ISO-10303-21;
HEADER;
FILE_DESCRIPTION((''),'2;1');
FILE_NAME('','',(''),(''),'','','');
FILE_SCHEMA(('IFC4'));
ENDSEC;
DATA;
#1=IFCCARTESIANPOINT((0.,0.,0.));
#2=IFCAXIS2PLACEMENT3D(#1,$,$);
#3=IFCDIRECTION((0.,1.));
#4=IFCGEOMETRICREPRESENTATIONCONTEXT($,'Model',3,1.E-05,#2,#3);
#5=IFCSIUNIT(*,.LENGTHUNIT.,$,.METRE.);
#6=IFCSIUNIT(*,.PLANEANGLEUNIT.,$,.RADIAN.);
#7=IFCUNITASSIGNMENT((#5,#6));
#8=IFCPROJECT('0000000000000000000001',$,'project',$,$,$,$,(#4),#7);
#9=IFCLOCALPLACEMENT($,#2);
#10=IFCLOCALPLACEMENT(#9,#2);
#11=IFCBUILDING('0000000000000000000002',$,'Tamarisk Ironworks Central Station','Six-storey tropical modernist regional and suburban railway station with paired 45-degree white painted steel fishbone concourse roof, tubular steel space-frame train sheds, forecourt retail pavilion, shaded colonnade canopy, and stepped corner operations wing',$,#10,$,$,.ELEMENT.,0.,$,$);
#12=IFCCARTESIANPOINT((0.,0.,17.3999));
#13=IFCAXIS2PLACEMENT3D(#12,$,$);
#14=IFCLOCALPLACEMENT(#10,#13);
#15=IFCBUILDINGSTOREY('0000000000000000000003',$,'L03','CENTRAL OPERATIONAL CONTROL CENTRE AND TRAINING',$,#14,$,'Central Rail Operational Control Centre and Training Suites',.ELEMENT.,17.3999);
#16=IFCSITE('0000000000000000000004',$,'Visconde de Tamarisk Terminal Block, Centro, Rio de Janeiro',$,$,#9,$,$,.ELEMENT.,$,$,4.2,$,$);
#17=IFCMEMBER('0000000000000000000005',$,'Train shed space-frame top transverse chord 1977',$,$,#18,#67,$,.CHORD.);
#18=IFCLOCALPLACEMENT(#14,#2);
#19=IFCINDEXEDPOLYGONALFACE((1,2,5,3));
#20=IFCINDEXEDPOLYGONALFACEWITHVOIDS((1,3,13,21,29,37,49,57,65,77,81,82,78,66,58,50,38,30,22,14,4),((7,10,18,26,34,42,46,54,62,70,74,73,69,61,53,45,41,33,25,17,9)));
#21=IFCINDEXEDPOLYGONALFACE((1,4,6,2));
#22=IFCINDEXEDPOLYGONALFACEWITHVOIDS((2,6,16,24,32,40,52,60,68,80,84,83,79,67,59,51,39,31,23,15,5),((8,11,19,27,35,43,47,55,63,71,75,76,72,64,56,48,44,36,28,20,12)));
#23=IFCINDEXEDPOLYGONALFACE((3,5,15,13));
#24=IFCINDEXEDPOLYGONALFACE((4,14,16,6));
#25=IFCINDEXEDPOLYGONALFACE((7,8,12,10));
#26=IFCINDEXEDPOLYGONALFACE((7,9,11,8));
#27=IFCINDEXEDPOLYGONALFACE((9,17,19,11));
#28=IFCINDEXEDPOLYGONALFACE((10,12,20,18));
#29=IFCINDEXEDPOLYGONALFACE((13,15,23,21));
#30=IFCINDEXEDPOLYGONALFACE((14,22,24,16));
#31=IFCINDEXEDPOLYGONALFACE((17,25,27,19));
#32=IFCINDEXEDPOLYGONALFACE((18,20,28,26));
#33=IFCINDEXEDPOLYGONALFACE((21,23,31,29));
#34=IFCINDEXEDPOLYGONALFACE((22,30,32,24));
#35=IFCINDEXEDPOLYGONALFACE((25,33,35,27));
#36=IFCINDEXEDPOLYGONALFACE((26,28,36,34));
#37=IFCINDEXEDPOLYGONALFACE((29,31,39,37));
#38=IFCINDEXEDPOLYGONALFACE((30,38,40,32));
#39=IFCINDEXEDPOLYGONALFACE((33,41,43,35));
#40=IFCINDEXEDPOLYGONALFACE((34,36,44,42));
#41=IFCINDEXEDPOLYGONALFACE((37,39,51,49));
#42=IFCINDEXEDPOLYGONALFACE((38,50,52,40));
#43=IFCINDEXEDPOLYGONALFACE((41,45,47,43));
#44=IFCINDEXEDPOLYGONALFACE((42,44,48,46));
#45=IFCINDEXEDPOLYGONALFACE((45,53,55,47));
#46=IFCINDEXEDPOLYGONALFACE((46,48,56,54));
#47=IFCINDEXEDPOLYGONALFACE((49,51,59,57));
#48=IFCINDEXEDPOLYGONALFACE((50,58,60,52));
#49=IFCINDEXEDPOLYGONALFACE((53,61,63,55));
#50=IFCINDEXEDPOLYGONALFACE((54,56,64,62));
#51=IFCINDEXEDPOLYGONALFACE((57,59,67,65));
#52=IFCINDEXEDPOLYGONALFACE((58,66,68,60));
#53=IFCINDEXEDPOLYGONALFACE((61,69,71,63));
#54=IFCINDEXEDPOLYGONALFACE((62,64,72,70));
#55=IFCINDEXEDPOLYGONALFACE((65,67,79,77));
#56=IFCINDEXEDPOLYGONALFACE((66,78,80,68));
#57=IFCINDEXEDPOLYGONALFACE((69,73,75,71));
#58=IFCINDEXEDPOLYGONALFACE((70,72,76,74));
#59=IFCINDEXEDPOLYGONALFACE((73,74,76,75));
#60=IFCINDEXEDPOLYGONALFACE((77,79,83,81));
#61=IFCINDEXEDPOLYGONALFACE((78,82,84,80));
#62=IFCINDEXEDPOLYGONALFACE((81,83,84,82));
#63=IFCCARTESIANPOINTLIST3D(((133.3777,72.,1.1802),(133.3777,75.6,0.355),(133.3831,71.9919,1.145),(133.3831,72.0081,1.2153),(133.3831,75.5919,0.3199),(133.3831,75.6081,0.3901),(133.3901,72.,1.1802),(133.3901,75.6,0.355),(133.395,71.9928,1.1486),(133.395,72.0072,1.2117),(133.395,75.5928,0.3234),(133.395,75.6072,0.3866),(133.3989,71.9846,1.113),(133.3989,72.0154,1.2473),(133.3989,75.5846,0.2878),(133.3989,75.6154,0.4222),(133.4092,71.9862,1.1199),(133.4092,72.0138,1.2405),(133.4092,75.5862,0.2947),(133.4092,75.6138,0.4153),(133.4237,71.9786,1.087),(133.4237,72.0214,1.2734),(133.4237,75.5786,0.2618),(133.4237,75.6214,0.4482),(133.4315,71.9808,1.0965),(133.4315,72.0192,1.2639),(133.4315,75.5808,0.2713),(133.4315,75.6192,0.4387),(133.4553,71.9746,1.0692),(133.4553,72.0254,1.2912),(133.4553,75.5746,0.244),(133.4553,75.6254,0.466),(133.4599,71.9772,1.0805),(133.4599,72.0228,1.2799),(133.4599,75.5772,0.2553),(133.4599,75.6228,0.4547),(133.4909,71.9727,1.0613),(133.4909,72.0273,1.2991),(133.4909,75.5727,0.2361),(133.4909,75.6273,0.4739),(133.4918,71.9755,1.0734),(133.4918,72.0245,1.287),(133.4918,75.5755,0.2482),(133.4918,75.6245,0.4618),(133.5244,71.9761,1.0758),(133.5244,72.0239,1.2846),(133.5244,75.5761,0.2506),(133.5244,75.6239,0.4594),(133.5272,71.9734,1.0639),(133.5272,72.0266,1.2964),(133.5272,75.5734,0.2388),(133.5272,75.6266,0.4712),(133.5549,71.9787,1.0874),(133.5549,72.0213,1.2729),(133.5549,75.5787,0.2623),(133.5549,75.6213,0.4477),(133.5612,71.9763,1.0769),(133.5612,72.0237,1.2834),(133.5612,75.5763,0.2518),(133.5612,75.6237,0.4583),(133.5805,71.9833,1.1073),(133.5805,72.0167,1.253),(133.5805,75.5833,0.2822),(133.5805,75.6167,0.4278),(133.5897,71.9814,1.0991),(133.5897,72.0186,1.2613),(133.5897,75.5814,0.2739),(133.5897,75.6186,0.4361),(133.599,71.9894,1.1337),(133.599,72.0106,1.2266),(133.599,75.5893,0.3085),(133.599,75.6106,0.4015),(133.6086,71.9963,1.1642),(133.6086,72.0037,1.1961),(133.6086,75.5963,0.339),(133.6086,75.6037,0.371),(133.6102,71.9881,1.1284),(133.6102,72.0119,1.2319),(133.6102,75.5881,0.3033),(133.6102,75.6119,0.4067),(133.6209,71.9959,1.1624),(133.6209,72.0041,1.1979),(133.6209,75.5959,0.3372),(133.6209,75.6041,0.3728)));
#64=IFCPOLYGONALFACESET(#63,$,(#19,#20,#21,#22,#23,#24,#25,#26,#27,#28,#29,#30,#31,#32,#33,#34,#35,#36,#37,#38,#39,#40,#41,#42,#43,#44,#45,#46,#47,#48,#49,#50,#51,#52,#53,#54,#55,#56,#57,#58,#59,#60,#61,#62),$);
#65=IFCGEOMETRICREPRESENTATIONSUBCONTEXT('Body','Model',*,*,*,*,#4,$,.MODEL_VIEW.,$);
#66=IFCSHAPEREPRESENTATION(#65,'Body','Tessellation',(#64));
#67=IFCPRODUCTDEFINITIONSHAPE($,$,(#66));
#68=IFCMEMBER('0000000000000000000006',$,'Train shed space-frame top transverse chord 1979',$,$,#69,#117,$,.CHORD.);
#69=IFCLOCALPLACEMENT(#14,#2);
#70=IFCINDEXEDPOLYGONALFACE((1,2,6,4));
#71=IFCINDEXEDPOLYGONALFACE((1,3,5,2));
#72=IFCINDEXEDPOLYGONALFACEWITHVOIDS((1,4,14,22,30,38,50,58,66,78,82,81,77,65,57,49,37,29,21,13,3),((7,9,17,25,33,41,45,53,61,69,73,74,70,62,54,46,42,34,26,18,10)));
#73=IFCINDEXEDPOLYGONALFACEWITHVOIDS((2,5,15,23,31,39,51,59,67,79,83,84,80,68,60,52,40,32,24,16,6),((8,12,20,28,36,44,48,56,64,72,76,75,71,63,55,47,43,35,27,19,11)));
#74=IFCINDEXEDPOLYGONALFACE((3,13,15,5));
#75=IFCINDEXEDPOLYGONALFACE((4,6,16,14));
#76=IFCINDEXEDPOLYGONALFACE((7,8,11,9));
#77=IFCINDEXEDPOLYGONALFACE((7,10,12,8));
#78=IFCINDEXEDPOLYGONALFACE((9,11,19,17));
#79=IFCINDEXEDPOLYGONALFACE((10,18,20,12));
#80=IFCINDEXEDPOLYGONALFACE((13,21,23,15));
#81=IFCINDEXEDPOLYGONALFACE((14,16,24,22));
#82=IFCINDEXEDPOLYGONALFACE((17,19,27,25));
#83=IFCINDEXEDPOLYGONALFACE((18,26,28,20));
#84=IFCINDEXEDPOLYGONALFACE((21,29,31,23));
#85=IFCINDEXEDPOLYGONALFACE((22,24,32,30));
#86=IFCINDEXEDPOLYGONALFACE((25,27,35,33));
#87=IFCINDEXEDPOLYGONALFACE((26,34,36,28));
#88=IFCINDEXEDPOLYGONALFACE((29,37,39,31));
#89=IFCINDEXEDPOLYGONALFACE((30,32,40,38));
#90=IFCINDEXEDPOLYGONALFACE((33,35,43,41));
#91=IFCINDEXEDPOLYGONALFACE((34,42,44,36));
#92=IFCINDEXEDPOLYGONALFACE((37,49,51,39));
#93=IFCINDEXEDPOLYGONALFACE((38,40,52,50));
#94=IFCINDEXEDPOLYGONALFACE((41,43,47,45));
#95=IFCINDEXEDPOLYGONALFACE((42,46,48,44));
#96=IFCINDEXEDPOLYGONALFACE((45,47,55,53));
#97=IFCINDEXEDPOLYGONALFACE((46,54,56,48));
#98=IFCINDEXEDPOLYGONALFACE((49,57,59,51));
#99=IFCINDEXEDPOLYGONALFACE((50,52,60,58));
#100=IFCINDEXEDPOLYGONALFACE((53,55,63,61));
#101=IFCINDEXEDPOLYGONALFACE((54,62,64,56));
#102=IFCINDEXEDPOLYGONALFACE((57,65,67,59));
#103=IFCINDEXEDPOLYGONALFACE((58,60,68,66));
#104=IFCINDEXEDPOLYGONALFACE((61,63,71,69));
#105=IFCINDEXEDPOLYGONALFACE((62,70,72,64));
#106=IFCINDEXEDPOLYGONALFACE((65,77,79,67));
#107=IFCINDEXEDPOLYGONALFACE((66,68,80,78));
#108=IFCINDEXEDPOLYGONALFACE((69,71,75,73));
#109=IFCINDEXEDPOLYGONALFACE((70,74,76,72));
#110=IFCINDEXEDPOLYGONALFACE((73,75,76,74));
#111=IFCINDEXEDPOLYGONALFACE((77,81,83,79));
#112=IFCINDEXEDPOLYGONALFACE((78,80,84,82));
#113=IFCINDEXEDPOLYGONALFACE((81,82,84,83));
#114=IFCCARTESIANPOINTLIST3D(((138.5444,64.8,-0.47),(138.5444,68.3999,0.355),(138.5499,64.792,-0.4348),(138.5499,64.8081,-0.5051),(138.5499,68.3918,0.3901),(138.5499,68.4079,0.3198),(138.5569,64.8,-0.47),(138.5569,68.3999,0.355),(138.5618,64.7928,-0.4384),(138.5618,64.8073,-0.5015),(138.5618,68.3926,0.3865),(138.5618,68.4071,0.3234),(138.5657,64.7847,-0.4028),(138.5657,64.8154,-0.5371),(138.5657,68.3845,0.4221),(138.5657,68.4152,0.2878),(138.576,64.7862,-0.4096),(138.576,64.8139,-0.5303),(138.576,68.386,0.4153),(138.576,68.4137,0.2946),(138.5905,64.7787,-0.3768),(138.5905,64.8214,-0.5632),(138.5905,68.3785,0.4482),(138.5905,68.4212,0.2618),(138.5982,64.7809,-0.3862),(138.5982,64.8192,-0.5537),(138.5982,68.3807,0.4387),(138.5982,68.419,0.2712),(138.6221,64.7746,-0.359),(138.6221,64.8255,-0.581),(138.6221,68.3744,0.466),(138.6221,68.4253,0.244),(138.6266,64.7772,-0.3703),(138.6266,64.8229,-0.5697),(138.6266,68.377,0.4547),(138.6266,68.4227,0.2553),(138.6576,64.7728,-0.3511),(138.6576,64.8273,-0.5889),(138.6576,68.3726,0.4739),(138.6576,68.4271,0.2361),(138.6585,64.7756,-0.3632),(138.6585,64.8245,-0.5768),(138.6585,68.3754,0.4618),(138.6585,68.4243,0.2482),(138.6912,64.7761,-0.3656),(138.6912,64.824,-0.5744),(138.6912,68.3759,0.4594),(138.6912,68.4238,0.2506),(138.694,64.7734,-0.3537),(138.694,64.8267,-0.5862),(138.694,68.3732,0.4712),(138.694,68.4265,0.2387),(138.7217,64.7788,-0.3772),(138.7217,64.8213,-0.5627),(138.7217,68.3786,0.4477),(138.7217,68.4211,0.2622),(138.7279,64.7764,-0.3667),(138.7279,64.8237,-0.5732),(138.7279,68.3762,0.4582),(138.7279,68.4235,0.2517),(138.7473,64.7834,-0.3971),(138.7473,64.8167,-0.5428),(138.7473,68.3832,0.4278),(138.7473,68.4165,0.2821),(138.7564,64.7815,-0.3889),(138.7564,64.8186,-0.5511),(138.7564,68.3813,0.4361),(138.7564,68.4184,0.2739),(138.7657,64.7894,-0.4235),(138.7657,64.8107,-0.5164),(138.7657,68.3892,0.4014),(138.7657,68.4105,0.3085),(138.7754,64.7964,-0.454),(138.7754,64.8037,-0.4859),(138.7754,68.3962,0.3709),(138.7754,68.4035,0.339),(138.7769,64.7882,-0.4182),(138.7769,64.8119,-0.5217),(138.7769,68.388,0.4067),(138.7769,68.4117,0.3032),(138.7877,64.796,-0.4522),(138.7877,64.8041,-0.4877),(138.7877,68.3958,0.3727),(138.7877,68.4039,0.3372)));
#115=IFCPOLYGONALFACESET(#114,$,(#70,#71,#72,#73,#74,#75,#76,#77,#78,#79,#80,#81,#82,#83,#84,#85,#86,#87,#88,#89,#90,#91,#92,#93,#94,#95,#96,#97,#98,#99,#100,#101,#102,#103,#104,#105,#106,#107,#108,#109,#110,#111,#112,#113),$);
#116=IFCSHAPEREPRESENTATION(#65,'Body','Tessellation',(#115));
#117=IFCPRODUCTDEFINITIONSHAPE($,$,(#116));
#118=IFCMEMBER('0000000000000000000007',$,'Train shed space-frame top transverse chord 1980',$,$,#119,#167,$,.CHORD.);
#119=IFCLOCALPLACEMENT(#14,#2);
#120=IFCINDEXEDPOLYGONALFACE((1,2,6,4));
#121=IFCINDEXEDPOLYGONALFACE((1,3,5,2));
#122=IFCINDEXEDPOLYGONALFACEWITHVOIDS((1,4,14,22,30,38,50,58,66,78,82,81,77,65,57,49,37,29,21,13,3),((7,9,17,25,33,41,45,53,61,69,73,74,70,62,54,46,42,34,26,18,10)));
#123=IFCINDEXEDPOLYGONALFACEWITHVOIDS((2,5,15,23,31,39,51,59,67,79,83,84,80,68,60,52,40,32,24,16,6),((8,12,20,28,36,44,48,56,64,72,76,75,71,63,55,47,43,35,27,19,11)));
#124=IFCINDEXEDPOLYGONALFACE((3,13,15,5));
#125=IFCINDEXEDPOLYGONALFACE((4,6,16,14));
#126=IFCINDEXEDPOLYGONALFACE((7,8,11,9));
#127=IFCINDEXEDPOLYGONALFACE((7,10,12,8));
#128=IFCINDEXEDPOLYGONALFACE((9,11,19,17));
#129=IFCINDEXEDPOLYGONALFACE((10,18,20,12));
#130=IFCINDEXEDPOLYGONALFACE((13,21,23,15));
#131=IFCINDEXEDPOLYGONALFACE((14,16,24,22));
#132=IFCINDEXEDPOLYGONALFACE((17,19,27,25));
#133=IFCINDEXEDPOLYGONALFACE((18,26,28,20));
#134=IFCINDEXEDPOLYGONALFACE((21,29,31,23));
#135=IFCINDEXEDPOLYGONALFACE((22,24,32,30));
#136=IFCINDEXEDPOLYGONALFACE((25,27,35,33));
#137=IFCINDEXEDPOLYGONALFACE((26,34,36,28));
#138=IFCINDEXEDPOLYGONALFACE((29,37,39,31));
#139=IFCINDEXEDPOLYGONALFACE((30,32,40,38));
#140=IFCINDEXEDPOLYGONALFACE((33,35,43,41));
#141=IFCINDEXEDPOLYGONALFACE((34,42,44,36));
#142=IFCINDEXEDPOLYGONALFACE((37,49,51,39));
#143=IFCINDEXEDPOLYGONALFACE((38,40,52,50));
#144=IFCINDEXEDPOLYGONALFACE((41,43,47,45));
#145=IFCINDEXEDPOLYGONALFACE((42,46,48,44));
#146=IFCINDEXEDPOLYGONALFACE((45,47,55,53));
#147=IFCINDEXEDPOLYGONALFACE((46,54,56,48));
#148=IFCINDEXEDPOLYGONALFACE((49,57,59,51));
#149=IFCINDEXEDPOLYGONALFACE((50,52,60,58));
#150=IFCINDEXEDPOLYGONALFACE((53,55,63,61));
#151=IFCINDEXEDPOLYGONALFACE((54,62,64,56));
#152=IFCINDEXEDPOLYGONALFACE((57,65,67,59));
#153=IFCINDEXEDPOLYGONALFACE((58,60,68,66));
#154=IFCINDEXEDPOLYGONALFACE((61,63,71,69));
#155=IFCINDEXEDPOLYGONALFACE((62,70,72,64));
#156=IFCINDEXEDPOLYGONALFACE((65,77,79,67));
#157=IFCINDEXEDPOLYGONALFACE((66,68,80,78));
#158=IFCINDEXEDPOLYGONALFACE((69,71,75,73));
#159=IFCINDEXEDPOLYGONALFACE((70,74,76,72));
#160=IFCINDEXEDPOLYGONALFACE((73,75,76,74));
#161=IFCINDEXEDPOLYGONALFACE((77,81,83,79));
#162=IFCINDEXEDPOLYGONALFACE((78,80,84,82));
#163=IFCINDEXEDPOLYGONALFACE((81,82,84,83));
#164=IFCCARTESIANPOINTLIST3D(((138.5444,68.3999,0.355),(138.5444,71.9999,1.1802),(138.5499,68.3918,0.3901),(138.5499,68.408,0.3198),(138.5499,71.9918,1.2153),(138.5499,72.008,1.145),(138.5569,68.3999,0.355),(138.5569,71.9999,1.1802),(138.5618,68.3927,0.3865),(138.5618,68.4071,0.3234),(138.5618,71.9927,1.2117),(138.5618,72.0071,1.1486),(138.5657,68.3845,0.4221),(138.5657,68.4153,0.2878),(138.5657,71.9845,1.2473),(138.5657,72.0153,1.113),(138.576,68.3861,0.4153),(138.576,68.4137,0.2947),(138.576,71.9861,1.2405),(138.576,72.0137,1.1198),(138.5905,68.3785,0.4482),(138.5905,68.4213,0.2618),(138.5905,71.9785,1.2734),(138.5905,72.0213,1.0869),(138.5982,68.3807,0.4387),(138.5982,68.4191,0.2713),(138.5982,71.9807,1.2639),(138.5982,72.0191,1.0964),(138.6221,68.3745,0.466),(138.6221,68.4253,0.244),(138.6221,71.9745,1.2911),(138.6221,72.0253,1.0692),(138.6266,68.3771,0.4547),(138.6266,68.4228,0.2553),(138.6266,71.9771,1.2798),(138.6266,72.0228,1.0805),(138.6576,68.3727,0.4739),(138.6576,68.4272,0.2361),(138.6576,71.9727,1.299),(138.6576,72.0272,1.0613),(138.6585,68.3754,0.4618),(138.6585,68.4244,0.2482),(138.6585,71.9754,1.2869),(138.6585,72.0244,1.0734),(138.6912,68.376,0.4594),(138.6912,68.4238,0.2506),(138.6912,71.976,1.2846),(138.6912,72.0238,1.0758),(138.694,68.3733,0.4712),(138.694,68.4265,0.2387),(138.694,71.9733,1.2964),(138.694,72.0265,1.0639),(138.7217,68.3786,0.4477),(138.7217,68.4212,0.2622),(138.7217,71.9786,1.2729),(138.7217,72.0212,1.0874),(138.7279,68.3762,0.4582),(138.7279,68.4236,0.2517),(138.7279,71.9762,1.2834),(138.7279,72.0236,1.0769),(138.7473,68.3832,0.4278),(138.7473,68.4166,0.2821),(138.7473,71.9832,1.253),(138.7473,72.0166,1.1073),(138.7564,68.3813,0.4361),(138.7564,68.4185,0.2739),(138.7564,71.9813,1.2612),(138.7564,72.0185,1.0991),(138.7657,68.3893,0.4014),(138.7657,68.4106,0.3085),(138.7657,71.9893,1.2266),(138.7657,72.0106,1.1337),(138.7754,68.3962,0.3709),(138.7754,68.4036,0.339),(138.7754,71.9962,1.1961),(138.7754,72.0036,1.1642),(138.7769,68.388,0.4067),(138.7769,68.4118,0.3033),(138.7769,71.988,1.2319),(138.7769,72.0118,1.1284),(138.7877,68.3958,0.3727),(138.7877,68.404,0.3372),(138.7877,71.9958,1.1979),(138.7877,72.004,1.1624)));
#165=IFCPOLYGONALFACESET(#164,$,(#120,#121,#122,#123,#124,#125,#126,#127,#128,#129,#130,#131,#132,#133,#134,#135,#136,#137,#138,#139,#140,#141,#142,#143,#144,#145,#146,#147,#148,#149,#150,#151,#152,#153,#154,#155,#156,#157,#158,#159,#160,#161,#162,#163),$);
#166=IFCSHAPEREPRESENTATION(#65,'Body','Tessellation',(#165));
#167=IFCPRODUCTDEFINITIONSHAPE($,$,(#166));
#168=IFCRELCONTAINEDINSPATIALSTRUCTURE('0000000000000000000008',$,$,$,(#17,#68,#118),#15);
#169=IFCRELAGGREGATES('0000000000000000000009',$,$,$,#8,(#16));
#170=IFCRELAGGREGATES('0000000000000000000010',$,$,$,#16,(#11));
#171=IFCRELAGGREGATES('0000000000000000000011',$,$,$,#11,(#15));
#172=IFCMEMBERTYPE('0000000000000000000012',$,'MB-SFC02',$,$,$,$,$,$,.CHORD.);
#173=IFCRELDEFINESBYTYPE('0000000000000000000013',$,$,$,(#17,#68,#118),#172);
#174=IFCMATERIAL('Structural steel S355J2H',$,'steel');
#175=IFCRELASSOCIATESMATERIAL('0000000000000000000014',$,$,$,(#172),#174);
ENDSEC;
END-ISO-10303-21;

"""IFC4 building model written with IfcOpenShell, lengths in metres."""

from ifc_helpers import new_model, si_unit, direction, frame, origin, origin_2d, place, context, subcontext, project, spatial, hollow_circle, extrude, material, material_profile, profile_set, type_object, element, save


model = new_model("IFC4")

# Units and contexts
model_context = context("Model", 3, precision=1e-05, world=origin(), true_north=direction((0.0, 1.0)))
body_context = subcontext(model_context, "Body", "Model", "MODEL_VIEW")
ifc_project = project(units=[si_unit("LENGTHUNIT", "METRE"), si_unit("PLANEANGLEUNIT", "RADIAN")], contexts=[model_context])

# Site, building, storey
site_placement = place(None, origin())
site = spatial("IfcSite", under=ifc_project, at=site_placement, Name="Visconde de Tamarisk Terminal Block, Centro, Rio de Janeiro", CompositionType="ELEMENT", RefElevation=4.2)
building_placement = place(site_placement, origin())
building = spatial("IfcBuilding", under=site, at=building_placement, Name="Tamarisk Ironworks Central Station", Description="Six-storey tropical modernist regional and suburban railway station with paired 45-degree white painted steel fishbone concourse roof, tubular steel space-frame train sheds, forecourt retail pavilion, shaded colonnade canopy, and stepped corner operations wing", CompositionType="ELEMENT", ElevationOfRefHeight=0.0)
storey_placement = place(building_placement, frame((0.0, 0.0, 17.3999)))
storey = spatial("IfcBuildingStorey", under=building, at=storey_placement, Name="L03", Description="CENTRAL OPERATIONAL CONTROL CENTRE AND TRAINING", LongName="Central Rail Operational Control Centre and Training Suites", CompositionType="ELEMENT", Elevation=17.3999)

# Members
ifc_material = material(Name="Structural steel S355J2H", Category="steel")
ifc_material_profile_1 = material_profile(ifc_material, hollow_circle(Radius=0.1223, WallThickness=0.0125, at=origin_2d()), Name="CHS 244.5x12.5")
ifc_profile_set_1 = profile_set([ifc_material_profile_1], Name="Structural steel S355J2H")
member_type_1 = type_object("IfcMemberType", Name="MB-SFC02", PredefinedType="CHORD", material=ifc_profile_set_1)
for number, where, z_axis, x_axis, name in (
    (1, (133.5, 72.0, 1.1802), (0.0, 0.974722, -0.223421), (-1.0, 0.0, 0.0), "Train shed space-frame top transverse chord 1977"),
):
    element("IfcMember", number, at=place(storey_placement, frame(where, z_axis=z_axis, x_axis=x_axis)), inside=storey, type_object=member_type_1, Name=name, PredefinedType="CHORD", context=body_context, shape_type="SweptSolid", body=[
        extrude(hollow_circle(Radius=0.1223, WallThickness=0.0125, at=origin_2d()), origin(), (0.0, 0.0, 1.0), 3.6934),
    ])
member_1_placement = place(storey_placement, frame((138.6667, 64.8, -0.47), z_axis=(0.0, 0.974733, 0.223372), x_axis=(-1.0, 0.0, 0.0)))
element("IfcMember", 2, at=member_1_placement, inside=storey, type_object=member_type_1, Name="Train shed space-frame top transverse chord 1979", PredefinedType="CHORD", context=body_context, shape_type="SweptSolid", body=[
    extrude(hollow_circle(Radius=0.1223, WallThickness=0.0125, at=origin_2d()), origin(), (0.0, 0.0, 1.0), 3.6931),
])
member_2_placement = place(storey_placement, frame((138.6667, 68.3999, 0.355), z_axis=(0.0, 0.974722, 0.223421), x_axis=(-1.0, 0.0, 0.0)))
element("IfcMember", 3, at=member_2_placement, inside=storey, type_object=member_type_1, Name="Train shed space-frame top transverse chord 1980", PredefinedType="CHORD", context=body_context, shape_type="SweptSolid", body=[
    extrude(hollow_circle(Radius=0.1223, WallThickness=0.0125, at=origin_2d()), origin(), (0.0, 0.0, 1.0), 3.6934),
])

save(model, "model.ifc")
